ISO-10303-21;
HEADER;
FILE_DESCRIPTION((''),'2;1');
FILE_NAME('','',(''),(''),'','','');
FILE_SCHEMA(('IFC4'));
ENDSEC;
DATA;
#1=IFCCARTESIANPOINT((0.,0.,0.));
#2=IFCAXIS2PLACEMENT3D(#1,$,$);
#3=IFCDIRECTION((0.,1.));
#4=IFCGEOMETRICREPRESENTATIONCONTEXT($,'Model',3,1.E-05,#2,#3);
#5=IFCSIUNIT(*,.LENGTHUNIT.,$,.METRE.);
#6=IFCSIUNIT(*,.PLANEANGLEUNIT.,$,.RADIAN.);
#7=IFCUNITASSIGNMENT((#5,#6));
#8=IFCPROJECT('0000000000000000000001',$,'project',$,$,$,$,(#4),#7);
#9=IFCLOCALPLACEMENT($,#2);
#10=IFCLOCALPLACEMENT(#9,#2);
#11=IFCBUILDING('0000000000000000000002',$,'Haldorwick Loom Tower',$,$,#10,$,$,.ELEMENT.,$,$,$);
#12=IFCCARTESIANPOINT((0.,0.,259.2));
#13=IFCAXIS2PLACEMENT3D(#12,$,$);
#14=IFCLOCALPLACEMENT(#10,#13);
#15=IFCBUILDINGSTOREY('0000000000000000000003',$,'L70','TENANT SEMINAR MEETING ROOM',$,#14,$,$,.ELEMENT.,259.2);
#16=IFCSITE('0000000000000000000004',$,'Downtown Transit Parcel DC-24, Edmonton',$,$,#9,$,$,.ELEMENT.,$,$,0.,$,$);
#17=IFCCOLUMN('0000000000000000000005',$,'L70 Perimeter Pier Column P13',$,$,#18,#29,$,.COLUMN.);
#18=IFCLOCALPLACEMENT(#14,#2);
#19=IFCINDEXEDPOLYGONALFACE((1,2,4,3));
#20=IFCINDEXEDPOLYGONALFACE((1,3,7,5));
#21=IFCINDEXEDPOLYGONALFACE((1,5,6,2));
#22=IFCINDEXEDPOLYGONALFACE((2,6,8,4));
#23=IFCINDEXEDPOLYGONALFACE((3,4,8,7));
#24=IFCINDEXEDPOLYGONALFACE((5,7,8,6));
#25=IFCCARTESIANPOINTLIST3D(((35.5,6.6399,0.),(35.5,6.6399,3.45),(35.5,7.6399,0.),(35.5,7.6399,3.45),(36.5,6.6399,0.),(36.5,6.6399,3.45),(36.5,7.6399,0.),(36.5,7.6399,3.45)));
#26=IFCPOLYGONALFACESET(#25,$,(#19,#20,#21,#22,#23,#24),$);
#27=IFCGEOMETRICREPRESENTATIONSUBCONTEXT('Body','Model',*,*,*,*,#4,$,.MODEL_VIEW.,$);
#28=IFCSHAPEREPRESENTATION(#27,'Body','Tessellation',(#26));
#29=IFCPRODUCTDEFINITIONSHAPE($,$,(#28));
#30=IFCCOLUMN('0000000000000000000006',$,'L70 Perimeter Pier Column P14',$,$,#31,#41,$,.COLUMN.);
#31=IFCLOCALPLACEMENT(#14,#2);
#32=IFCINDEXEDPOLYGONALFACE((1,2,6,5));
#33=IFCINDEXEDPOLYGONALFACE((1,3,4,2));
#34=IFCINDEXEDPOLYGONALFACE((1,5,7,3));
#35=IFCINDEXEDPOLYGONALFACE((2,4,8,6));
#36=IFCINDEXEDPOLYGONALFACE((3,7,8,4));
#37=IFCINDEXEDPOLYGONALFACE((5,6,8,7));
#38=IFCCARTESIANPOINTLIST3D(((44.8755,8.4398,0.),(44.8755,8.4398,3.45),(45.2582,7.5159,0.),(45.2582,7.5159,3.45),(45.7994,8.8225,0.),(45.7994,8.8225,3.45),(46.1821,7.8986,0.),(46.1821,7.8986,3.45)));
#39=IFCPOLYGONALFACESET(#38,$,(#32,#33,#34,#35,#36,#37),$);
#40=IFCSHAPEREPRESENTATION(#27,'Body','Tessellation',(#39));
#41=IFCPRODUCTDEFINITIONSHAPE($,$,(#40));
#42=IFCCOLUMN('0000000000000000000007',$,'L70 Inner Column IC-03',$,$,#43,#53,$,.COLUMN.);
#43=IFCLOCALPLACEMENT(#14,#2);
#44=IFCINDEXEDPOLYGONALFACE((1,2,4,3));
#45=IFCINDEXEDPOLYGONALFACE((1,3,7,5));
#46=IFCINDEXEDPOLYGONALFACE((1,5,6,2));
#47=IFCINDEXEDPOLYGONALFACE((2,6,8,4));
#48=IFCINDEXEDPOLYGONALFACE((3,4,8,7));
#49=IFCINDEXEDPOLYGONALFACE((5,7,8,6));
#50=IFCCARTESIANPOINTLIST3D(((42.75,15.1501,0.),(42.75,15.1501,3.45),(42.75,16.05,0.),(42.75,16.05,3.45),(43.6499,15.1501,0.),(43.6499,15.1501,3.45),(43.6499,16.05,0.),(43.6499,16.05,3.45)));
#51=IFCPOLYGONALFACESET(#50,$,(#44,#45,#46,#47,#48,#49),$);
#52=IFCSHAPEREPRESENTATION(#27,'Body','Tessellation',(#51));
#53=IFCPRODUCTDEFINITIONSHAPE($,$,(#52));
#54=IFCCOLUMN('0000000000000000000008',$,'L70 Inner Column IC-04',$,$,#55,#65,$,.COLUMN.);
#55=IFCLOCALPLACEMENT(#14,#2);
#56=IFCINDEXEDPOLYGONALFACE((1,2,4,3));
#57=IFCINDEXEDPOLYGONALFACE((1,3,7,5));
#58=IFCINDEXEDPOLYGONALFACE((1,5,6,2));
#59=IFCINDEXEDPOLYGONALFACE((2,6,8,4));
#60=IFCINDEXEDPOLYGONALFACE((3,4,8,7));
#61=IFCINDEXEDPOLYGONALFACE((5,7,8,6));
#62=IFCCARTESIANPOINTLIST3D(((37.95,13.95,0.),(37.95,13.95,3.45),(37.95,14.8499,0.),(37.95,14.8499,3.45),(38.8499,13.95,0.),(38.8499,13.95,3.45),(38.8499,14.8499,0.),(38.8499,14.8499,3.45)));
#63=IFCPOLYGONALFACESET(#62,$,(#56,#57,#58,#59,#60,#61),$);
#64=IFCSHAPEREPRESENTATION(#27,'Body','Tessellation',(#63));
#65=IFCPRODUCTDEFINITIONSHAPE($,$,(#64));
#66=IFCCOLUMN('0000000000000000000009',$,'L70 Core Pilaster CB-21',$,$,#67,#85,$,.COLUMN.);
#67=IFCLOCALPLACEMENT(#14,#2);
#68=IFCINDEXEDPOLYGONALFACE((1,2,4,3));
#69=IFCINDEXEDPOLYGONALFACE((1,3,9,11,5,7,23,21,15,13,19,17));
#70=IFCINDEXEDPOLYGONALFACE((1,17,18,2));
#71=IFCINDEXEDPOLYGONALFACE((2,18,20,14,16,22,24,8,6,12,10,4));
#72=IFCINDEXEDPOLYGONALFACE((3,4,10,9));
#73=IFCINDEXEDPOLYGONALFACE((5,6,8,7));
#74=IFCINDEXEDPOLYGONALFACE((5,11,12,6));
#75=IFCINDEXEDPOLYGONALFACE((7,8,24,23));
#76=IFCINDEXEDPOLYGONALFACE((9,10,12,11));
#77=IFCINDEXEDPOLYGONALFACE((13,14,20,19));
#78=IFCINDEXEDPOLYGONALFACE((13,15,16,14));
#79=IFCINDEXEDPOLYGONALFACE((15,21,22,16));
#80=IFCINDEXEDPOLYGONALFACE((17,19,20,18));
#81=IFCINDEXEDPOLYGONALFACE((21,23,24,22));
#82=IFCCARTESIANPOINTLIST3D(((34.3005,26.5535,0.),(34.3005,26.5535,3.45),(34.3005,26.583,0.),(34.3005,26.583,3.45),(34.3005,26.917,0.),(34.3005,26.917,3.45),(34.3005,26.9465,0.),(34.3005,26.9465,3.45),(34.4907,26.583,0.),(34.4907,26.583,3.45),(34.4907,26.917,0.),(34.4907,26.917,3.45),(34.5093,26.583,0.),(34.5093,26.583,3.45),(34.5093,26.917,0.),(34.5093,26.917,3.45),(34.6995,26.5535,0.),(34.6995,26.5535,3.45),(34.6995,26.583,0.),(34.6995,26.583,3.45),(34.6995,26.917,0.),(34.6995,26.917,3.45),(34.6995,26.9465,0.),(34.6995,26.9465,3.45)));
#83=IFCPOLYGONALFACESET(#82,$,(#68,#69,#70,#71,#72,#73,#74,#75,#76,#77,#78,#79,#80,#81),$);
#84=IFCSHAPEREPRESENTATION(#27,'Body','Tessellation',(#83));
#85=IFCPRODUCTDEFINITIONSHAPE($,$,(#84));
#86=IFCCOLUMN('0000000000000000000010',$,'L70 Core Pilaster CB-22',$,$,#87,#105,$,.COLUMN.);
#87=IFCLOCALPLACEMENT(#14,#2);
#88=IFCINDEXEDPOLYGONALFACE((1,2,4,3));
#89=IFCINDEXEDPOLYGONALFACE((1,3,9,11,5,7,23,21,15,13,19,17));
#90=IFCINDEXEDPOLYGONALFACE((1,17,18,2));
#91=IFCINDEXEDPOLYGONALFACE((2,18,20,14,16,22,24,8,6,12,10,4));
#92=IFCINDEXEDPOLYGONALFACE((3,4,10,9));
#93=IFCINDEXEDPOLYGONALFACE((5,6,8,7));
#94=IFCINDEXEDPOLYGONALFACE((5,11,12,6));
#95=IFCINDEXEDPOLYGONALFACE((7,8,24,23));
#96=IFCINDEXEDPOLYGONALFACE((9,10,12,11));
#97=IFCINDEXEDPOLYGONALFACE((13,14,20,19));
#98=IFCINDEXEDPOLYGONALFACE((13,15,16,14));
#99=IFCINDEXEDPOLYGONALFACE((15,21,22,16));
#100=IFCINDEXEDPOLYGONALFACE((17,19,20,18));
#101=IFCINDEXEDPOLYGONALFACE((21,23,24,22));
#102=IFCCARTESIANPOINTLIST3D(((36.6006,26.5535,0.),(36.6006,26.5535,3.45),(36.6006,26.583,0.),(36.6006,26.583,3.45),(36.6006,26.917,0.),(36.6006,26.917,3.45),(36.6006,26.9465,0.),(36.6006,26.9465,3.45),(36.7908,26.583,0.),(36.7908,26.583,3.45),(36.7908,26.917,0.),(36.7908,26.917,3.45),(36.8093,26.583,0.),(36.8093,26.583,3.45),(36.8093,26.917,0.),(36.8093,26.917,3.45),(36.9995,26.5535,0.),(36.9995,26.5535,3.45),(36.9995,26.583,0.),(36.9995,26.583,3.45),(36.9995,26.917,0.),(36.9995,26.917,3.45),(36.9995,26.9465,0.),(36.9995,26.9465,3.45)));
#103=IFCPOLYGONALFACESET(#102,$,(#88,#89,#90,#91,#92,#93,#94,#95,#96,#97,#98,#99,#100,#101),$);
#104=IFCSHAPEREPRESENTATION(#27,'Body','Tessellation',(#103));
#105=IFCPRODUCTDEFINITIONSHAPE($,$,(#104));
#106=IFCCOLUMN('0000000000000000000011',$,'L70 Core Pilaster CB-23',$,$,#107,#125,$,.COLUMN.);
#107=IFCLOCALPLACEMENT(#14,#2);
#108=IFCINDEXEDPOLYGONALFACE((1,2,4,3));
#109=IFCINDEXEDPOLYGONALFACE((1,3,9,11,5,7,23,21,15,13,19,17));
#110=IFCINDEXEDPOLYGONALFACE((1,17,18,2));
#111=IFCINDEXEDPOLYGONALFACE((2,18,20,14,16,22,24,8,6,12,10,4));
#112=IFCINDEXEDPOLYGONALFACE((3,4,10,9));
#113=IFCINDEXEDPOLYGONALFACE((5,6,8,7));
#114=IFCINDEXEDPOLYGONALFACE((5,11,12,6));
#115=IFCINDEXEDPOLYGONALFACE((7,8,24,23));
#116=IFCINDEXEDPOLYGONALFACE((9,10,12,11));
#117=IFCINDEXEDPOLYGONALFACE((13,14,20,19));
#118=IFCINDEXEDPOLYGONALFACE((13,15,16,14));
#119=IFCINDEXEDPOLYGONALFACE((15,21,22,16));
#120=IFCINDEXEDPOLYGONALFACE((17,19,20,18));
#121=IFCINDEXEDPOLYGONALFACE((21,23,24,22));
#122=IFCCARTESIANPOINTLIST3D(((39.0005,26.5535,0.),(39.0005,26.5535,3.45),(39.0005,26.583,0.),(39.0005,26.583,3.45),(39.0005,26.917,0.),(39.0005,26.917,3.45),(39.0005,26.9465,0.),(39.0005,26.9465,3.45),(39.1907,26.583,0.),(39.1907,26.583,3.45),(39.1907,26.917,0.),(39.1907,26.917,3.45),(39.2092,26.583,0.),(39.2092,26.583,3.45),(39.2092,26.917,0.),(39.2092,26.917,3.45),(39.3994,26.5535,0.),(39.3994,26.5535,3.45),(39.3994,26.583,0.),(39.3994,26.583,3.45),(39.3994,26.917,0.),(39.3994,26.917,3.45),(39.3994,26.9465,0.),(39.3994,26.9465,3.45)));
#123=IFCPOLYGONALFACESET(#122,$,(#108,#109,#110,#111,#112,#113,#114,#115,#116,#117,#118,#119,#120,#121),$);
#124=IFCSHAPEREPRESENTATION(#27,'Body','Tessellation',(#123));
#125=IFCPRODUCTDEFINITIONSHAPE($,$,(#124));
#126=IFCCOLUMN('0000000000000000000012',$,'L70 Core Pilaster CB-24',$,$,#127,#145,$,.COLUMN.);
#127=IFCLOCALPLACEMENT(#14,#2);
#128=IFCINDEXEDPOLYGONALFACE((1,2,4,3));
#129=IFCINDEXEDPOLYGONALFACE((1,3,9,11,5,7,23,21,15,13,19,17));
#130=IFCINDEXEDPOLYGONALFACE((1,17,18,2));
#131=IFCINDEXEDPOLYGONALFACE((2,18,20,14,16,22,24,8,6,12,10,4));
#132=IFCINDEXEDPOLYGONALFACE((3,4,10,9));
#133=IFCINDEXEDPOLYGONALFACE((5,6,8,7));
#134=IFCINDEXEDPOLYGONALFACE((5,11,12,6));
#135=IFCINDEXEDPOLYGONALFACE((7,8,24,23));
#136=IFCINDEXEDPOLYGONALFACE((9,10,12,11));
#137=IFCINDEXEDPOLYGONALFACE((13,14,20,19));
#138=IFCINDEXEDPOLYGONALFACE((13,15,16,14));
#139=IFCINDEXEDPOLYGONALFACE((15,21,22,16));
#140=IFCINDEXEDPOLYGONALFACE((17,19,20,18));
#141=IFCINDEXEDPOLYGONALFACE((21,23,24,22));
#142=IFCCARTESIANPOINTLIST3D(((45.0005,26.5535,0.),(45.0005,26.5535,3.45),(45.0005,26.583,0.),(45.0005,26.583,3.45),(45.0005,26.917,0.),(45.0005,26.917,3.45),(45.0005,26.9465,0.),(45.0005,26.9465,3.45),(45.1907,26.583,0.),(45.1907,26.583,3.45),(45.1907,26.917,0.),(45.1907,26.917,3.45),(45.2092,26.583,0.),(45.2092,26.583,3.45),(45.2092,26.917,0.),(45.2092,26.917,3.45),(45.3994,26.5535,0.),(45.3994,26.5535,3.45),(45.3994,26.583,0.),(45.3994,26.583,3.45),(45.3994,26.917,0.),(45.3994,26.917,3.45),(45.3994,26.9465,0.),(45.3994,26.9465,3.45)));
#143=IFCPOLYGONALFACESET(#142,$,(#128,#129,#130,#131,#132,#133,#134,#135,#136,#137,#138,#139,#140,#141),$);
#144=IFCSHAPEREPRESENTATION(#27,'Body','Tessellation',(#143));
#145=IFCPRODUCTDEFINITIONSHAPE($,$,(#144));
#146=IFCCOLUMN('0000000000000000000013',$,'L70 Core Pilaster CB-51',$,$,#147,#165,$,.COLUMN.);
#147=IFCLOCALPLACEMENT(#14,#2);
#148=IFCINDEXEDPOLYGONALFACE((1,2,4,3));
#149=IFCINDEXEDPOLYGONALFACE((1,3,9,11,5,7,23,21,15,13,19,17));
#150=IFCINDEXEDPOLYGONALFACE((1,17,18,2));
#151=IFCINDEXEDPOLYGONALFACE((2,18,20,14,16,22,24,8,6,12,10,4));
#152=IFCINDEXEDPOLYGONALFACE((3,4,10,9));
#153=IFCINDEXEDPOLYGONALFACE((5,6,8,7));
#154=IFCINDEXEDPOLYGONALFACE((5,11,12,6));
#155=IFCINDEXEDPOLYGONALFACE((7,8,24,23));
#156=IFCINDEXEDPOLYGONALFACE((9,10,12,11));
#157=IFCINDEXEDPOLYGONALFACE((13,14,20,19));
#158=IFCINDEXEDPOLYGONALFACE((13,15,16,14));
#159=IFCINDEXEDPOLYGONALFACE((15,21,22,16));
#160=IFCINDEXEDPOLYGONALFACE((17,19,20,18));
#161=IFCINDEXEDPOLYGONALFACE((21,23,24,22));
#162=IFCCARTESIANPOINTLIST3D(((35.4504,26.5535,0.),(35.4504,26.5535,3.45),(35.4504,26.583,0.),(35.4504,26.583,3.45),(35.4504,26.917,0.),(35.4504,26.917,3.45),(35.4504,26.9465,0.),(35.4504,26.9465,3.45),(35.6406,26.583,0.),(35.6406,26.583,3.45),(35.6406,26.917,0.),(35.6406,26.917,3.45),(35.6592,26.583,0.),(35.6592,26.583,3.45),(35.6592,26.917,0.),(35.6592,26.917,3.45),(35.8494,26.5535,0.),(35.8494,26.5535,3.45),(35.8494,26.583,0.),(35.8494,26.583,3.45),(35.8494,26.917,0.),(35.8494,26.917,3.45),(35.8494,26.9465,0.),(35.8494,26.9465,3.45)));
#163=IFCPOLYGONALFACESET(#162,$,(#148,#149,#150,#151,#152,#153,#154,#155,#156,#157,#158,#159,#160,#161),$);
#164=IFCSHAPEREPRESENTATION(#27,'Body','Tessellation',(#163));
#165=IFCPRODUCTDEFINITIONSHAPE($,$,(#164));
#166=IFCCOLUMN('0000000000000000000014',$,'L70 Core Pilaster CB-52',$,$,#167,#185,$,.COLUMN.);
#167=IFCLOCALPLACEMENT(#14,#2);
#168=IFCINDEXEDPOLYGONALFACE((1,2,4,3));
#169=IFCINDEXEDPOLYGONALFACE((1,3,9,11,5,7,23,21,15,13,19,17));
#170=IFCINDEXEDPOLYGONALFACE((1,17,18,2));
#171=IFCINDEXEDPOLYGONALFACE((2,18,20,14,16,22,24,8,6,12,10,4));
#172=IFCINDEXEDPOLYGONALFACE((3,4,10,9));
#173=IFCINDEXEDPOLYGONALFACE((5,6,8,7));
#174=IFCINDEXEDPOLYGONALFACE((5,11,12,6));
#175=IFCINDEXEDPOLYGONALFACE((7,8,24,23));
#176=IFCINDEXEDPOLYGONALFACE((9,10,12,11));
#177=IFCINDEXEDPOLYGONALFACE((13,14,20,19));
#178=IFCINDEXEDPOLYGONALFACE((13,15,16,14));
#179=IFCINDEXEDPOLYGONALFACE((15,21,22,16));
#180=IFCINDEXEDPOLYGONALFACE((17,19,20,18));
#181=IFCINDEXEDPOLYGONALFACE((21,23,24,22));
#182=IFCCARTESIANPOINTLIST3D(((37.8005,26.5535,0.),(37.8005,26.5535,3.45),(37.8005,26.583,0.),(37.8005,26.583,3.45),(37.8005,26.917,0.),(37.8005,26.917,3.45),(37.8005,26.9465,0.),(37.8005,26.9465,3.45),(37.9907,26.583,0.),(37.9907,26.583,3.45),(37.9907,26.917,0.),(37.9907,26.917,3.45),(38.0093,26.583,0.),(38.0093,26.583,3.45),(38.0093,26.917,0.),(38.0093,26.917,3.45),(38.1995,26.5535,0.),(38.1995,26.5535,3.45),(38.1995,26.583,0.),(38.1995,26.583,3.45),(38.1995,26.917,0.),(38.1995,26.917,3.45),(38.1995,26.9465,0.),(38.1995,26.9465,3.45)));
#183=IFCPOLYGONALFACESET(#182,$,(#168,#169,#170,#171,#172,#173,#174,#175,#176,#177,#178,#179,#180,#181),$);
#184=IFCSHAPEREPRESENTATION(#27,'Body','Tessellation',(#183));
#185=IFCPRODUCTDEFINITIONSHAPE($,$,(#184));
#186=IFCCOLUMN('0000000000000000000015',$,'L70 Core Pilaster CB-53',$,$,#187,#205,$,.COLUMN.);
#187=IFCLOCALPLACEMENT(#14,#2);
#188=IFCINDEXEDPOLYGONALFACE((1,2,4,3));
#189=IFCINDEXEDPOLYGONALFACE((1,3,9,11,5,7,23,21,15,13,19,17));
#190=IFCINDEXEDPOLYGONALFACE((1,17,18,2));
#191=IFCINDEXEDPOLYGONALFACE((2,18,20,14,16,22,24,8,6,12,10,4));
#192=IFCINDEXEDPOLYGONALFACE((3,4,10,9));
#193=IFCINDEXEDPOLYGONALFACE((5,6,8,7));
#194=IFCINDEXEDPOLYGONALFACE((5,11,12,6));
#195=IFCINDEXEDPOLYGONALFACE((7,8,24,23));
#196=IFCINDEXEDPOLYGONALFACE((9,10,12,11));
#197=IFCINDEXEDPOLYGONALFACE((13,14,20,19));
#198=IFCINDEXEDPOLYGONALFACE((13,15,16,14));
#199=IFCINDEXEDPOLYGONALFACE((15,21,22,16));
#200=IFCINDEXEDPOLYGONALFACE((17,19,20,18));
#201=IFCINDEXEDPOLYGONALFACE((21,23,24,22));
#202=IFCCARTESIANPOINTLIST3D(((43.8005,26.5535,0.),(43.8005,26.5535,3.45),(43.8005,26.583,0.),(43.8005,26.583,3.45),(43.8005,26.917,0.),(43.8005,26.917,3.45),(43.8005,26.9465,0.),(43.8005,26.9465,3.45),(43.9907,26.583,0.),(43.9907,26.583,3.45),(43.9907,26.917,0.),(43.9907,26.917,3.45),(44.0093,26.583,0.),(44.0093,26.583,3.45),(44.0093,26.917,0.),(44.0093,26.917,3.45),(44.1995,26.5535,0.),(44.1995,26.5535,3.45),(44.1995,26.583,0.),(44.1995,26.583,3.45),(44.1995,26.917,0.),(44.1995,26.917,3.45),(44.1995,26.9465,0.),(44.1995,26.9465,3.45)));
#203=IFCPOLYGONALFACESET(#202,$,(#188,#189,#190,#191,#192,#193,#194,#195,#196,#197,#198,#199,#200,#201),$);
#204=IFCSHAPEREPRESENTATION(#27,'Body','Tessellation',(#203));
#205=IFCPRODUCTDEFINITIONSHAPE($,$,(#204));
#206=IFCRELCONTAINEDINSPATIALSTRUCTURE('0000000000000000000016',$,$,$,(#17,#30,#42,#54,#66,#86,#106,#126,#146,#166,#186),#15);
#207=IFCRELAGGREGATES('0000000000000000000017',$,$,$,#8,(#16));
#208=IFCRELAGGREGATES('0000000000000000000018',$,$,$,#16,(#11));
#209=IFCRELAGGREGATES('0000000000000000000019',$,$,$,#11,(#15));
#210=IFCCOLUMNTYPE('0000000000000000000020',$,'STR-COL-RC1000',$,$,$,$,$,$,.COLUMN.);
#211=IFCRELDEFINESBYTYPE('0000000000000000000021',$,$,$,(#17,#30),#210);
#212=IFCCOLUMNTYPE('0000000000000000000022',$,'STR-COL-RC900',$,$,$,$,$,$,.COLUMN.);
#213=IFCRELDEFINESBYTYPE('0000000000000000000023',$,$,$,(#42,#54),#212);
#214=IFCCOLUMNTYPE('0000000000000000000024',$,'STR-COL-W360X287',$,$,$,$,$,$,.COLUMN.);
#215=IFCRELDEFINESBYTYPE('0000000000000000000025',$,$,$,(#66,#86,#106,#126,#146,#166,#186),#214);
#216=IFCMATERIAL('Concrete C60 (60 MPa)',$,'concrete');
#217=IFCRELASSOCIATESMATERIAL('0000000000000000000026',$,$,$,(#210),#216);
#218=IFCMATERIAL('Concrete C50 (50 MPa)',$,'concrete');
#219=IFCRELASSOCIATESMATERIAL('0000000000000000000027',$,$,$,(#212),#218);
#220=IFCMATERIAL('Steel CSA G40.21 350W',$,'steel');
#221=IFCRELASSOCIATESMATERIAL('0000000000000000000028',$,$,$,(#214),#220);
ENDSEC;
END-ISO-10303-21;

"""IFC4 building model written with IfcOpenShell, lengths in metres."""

from ifc_helpers import new_model, si_unit, direction, frame, origin, origin_2d, place, context, subcontext, project, spatial, rectangle, i_section, extrude, material, material_profile, profile_set, type_object, element, save


model = new_model("IFC4")

# Units and contexts
model_context = context("Model", 3, precision=1e-05, world=origin(), true_north=direction((0.0, 1.0)))
body_context = subcontext(model_context, "Body", "Model", "MODEL_VIEW")
ifc_project = project(units=[si_unit("LENGTHUNIT", "METRE"), si_unit("PLANEANGLEUNIT", "RADIAN")], contexts=[model_context])

# Site, building, storey
site_placement = place(None, origin())
site = spatial("IfcSite", under=ifc_project, at=site_placement, Name="Downtown Transit Parcel DC-24, Edmonton", CompositionType="ELEMENT", RefElevation=0.0)
building_placement = place(site_placement, origin())
building = spatial("IfcBuilding", under=site, at=building_placement, Name="Haldorwick Loom Tower", CompositionType="ELEMENT")
storey_placement = place(building_placement, frame((0.0, 0.0, 259.2)))
storey = spatial("IfcBuildingStorey", under=building, at=storey_placement, Name="L70", Description="TENANT SEMINAR MEETING ROOM", CompositionType="ELEMENT", Elevation=259.2)

# Columns
ifc_material_1 = material(Name="Concrete C60 (60 MPa)", Category="concrete")
ifc_material_profile_1 = material_profile(ifc_material_1, rectangle(XDim=1.0, YDim=1.0, at=origin_2d()), Name="RC1000X1000", Category="concrete")
ifc_profile_set_1 = profile_set([ifc_material_profile_1], Name="Concrete C60 (60 MPa)")
column_type_1 = type_object("IfcColumnType", Name="STR-COL-RC1000", PredefinedType="COLUMN", material=ifc_profile_set_1)
for number, where, z_axis, x_axis, name in (
    (1, (36.0, 7.1399, 0.0), (0.0, 0.0, 1.0), (0.0, -1.0, 0.0), "L70 Perimeter Pier Column P13"),
    (2, (45.5288, 8.1692, 0.0), (0.0, 0.0, 1.0), (0.382683, -0.92388, 0.0), "L70 Perimeter Pier Column P14"),
):
    element("IfcColumn", number, at=place(storey_placement, frame(where, z_axis=z_axis, x_axis=x_axis)), inside=storey, type_object=column_type_1, Name=name, PredefinedType="COLUMN", context=body_context, shape_type="SweptSolid", body=[
        extrude(rectangle(XDim=1.0, YDim=1.0, at=origin_2d()), origin(), (0.0, 0.0, 1.0), 3.45),
    ])
ifc_material_2 = material(Name="Concrete C50 (50 MPa)", Category="concrete")
ifc_material_profile_2 = material_profile(ifc_material_2, rectangle(XDim=0.8999, YDim=0.8999, at=origin_2d()), Name="RC900X900", Category="concrete")
ifc_profile_set_2 = profile_set([ifc_material_profile_2], Name="Concrete C50 (50 MPa)")
column_type_2 = type_object("IfcColumnType", Name="STR-COL-RC900", PredefinedType="COLUMN", material=ifc_profile_set_2)
for number, where, z_axis, x_axis, name in (
    (3, (43.2, 15.6001, 0.0), (0.0, 0.0, 1.0), (1.0, 0.0, 0.0), "L70 Inner Column IC-03"),
    (4, (38.3999, 14.3999, 0.0), (0.0, 0.0, 1.0), (1.0, 0.0, 0.0), "L70 Inner Column IC-04"),
):
    element("IfcColumn", number, at=place(storey_placement, frame(where, z_axis=z_axis, x_axis=x_axis)), inside=storey, type_object=column_type_2, Name=name, PredefinedType="COLUMN", context=body_context, shape_type="SweptSolid", body=[
        extrude(rectangle(XDim=0.8999, YDim=0.8999, at=origin_2d()), origin(), (0.0, 0.0, 1.0), 3.45),
    ])
ifc_material_3 = material(Name="Steel CSA G40.21 350W", Category="steel")
ifc_material_profile_3 = material_profile(ifc_material_3, i_section(OverallWidth=0.3989, OverallDepth=0.3931, WebThickness=0.0186, FlangeThickness=0.0295, at=origin_2d()), Name="W360X287", Category="steel")
ifc_profile_set_3 = profile_set([ifc_material_profile_3], Name="Steel CSA G40.21 350W")
column_type_3 = type_object("IfcColumnType", Name="STR-COL-W360X287", PredefinedType="COLUMN", material=ifc_profile_set_3)
for number, where, z_axis, x_axis, name in (
    (5, (34.5, 26.75, 0.0), (0.0, 0.0, 1.0), (1.0, 0.0, 0.0), "L70 Core Pilaster CB-21"),
    (6, (36.8, 26.75, 0.0), (0.0, 0.0, 1.0), (1.0, 0.0, 0.0), "L70 Core Pilaster CB-22"),
    (7, (39.2, 26.75, 0.0), (0.0, 0.0, 1.0), (1.0, 0.0, 0.0), "L70 Core Pilaster CB-23"),
    (8, (45.2, 26.75, 0.0), (0.0, 0.0, 1.0), (1.0, 0.0, 0.0), "L70 Core Pilaster CB-24"),
    (9, (35.6499, 26.75, 0.0), (0.0, 0.0, 1.0), (1.0, 0.0, 0.0), "L70 Core Pilaster CB-51"),
    (10, (38.0, 26.75, 0.0), (0.0, 0.0, 1.0), (1.0, 0.0, 0.0), "L70 Core Pilaster CB-52"),
    (11, (44.0, 26.75, 0.0), (0.0, 0.0, 1.0), (1.0, 0.0, 0.0), "L70 Core Pilaster CB-53"),
):
    element("IfcColumn", number, at=place(storey_placement, frame(where, z_axis=z_axis, x_axis=x_axis)), inside=storey, type_object=column_type_3, Name=name, PredefinedType="COLUMN", context=body_context, shape_type="SweptSolid", body=[
        extrude(i_section(OverallWidth=0.3989, OverallDepth=0.3931, WebThickness=0.0186, FlangeThickness=0.0295, at=origin_2d()), origin(), (0.0, 0.0, 1.0), 3.45),
    ])

save(model, "model.ifc")
